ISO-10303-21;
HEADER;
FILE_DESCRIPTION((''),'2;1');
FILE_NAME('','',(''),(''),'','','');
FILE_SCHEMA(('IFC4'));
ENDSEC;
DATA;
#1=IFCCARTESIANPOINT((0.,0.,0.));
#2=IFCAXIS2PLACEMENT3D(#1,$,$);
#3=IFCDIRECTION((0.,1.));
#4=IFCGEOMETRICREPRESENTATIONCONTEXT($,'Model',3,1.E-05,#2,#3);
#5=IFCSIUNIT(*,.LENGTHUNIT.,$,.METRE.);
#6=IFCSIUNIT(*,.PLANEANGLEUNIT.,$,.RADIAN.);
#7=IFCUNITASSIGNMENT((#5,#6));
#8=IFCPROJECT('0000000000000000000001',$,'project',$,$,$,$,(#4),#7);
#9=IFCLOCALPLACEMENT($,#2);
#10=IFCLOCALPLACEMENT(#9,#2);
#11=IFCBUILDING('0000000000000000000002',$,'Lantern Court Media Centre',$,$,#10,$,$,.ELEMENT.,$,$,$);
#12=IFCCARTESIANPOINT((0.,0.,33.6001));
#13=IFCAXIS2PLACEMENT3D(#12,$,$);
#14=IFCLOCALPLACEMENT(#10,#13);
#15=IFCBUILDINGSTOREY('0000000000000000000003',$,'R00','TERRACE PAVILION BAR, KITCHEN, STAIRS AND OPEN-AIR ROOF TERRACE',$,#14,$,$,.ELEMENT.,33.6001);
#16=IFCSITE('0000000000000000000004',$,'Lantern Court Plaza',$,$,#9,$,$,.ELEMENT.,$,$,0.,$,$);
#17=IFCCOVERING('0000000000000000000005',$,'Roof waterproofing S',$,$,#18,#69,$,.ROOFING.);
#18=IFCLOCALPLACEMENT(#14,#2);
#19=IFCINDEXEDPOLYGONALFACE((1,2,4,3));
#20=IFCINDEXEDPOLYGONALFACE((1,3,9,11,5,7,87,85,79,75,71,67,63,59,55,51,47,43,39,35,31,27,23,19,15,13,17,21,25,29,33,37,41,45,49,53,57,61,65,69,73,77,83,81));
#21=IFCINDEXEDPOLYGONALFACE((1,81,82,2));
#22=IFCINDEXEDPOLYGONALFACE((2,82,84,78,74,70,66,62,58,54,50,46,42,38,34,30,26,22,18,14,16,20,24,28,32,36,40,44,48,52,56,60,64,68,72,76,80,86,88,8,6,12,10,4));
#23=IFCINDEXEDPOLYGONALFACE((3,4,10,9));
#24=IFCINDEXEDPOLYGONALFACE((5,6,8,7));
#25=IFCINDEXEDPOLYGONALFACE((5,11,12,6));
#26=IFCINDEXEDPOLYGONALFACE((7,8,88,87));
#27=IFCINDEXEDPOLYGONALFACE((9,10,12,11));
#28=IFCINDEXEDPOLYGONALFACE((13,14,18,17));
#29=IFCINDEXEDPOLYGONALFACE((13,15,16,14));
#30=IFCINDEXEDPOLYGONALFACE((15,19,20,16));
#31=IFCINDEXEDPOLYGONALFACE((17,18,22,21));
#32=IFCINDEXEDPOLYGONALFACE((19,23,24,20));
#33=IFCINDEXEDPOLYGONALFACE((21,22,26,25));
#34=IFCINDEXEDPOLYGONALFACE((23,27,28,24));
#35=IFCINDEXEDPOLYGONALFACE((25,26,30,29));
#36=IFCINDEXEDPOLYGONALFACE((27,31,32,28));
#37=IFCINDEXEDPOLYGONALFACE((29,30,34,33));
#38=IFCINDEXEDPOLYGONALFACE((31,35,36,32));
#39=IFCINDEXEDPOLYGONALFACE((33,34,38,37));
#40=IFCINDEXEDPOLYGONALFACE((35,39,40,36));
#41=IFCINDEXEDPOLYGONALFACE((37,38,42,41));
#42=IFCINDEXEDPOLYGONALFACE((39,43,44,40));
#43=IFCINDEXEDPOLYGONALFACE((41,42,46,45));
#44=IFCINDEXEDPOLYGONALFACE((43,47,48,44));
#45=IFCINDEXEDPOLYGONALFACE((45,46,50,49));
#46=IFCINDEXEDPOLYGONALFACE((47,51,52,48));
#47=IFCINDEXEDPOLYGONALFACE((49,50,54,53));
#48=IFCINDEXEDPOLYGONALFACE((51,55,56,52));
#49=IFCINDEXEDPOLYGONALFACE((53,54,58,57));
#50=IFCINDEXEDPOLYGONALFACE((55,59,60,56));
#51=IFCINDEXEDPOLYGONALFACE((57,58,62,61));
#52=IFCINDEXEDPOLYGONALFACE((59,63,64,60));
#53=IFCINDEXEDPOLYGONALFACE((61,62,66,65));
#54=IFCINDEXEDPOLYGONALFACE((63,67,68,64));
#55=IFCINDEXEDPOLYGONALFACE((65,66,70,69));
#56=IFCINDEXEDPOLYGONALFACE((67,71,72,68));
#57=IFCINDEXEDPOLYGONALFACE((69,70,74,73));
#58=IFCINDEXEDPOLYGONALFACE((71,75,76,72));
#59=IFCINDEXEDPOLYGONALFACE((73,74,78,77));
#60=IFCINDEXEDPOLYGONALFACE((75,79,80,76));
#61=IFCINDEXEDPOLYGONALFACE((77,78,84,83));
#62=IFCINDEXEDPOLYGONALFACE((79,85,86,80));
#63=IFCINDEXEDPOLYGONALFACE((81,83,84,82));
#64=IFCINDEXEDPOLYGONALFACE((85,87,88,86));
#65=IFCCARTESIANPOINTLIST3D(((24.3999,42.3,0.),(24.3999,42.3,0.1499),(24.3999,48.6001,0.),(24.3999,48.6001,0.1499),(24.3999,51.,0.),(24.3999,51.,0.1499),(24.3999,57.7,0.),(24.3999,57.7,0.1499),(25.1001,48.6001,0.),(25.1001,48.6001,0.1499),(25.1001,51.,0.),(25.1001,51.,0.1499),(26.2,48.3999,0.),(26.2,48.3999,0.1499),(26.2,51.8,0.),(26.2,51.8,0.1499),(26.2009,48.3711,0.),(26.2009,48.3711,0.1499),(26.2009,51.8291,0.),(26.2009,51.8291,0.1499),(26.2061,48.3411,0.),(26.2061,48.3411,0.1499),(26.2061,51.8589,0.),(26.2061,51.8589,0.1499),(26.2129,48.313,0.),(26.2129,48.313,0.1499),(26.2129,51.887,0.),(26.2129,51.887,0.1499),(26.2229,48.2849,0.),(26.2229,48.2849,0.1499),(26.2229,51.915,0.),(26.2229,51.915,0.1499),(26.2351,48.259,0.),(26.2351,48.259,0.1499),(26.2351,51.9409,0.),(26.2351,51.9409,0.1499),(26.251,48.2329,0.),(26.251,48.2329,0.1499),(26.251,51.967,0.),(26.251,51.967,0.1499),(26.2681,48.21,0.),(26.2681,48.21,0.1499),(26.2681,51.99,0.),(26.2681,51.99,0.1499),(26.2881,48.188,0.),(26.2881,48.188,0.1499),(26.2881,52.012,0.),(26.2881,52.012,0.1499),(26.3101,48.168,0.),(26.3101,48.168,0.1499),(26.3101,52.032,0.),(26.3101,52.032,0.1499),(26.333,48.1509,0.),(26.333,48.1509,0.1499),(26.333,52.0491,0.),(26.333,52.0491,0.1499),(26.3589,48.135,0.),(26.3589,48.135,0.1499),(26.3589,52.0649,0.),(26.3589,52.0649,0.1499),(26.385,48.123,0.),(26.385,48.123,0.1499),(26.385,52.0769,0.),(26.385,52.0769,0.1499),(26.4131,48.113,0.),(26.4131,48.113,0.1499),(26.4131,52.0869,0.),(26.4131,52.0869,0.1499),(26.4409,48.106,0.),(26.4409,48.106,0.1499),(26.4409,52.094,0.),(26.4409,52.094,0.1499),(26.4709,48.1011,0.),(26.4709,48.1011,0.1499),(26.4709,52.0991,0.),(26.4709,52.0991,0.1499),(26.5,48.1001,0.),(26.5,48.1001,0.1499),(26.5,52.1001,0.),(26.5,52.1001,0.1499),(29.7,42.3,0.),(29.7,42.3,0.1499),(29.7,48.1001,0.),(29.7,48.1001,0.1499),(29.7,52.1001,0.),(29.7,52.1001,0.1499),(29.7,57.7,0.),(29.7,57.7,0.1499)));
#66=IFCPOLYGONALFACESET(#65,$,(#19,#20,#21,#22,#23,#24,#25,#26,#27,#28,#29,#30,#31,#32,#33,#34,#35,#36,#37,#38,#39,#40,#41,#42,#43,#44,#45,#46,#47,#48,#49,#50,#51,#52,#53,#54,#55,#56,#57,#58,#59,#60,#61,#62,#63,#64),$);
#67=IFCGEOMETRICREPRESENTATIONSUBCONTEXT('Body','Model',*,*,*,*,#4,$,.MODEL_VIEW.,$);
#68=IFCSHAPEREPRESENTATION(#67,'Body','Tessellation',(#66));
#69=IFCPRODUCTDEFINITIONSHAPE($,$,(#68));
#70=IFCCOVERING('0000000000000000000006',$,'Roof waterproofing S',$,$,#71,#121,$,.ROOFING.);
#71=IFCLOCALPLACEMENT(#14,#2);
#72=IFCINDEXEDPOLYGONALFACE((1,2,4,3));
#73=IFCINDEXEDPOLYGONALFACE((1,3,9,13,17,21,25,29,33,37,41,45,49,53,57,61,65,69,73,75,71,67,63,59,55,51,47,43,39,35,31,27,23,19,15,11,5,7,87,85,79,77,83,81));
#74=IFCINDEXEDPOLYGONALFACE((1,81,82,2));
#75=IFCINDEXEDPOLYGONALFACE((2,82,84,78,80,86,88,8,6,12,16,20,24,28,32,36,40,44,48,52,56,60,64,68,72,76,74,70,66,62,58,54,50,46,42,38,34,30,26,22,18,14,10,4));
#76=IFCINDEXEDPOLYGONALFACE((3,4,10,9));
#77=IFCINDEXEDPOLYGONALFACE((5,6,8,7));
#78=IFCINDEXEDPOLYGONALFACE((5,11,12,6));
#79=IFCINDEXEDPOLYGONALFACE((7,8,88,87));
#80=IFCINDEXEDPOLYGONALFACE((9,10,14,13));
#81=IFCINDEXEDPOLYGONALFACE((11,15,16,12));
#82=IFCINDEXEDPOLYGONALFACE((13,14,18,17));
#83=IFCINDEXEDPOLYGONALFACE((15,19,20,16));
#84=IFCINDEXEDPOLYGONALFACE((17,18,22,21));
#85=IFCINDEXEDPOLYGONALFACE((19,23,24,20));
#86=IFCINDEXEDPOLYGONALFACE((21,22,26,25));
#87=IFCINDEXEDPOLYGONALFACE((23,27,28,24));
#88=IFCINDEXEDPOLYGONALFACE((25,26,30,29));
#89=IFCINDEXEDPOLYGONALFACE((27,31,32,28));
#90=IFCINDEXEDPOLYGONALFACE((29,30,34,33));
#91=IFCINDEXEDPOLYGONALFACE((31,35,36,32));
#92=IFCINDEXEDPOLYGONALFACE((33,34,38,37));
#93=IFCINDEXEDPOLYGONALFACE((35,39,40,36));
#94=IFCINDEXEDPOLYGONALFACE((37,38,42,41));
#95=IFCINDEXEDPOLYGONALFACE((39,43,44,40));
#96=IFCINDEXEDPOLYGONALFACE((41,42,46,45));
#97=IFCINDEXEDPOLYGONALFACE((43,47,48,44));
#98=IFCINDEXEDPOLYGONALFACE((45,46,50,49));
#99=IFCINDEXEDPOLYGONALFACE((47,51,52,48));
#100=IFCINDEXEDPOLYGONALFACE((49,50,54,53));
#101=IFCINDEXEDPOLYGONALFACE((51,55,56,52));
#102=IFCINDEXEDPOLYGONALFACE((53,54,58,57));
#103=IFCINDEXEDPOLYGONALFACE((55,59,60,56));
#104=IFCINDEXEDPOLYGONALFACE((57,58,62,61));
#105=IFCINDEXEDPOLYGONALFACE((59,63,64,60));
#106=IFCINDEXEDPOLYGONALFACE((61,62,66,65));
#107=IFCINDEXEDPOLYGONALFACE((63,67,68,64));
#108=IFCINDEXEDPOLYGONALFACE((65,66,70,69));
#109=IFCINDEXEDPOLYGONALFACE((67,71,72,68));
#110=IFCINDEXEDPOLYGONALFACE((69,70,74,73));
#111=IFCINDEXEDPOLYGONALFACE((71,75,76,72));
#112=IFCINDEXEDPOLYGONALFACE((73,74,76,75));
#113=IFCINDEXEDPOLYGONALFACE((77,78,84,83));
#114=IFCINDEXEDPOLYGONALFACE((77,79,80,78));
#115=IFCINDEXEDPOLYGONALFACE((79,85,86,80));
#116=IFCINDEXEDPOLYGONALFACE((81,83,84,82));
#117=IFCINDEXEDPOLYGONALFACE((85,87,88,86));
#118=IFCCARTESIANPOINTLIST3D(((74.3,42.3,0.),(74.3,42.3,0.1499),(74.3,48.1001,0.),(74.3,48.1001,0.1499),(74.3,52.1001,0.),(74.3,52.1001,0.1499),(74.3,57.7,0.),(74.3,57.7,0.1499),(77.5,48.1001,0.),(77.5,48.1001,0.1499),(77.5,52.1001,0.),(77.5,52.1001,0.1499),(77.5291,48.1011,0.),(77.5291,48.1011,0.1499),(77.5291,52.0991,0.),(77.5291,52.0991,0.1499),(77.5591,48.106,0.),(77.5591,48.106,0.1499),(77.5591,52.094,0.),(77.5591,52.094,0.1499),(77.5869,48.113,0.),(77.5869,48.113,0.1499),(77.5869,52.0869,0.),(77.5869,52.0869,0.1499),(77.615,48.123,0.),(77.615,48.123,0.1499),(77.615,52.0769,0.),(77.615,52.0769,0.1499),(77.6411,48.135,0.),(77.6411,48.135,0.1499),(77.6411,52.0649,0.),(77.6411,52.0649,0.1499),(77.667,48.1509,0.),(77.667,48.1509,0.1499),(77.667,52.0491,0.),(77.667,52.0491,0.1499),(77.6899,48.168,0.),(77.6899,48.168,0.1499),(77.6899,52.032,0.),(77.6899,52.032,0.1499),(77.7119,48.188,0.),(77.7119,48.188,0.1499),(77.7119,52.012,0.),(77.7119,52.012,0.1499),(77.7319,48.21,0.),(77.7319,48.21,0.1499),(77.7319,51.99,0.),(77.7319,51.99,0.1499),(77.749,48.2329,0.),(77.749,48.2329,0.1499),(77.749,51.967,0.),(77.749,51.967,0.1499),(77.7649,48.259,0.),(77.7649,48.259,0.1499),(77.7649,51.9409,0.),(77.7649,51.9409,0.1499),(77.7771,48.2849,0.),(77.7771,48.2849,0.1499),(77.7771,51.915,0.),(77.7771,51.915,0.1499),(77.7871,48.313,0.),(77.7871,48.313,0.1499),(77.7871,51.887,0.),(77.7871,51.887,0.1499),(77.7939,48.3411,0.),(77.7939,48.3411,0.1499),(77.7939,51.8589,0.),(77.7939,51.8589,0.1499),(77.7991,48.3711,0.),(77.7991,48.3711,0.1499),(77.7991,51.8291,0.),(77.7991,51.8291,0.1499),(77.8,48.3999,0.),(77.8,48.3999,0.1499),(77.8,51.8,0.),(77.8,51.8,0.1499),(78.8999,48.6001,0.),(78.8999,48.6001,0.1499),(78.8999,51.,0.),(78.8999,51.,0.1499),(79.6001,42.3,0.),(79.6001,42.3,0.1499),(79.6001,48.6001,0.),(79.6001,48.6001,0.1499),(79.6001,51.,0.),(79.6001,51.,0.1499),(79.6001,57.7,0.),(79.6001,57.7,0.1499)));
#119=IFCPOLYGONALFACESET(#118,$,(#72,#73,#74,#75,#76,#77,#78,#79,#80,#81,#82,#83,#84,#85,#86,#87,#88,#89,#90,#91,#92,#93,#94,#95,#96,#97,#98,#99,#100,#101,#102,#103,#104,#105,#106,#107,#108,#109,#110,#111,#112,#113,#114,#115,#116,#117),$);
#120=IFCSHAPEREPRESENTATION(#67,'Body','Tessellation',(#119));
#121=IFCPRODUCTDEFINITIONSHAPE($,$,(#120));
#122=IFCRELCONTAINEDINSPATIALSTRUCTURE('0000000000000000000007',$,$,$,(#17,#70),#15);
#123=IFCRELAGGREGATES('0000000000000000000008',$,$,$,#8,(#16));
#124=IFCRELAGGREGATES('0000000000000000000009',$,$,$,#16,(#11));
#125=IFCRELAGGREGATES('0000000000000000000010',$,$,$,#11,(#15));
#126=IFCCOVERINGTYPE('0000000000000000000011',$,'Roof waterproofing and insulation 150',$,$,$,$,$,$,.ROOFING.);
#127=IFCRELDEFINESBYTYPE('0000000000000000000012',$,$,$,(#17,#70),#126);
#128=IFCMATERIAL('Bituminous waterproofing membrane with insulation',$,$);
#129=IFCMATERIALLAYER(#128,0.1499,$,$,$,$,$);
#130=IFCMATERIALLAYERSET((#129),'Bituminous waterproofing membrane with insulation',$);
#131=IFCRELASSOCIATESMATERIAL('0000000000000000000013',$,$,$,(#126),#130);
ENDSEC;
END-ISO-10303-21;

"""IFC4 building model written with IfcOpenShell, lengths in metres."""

from ifc_helpers import new_model, si_unit, direction, frame, origin, place, context, subcontext, project, spatial, polyline, outline, extrude, material, layer, layer_set, type_object, element, save


model = new_model("IFC4")

# Units and contexts
model_context = context("Model", 3, precision=1e-05, world=origin(), true_north=direction((0.0, 1.0)))
body_context = subcontext(model_context, "Body", "Model", "MODEL_VIEW")
ifc_project = project(units=[si_unit("LENGTHUNIT", "METRE"), si_unit("PLANEANGLEUNIT", "RADIAN")], contexts=[model_context])

# Site, building, storey
site_placement = place(None, origin())
site = spatial("IfcSite", under=ifc_project, at=site_placement, Name="Lantern Court Plaza", CompositionType="ELEMENT", RefElevation=0.0)
building_placement = place(site_placement, origin())
building = spatial("IfcBuilding", under=site, at=building_placement, Name="Lantern Court Media Centre", CompositionType="ELEMENT")
storey_placement = place(building_placement, frame((0.0, 0.0, 33.6001)))
storey = spatial("IfcBuildingStorey", under=building, at=storey_placement, Name="R00", Description="TERRACE PAVILION BAR, KITCHEN, STAIRS AND OPEN-AIR ROOF TERRACE", CompositionType="ELEMENT", Elevation=33.6001)

# Coverings
ifc_material_1 = material(Name="Bituminous waterproofing membrane with insulation")
ifc_layer_1 = layer(ifc_material_1, 0.1499)
ifc_layer_set_1 = layer_set([ifc_layer_1], Name="Bituminous waterproofing membrane with insulation")
covering_type_1 = type_object("IfcCoveringType", Name="Roof waterproofing and insulation 150", PredefinedType="ROOFING", material=ifc_layer_set_1)
covering_1_placement = place(storey_placement, origin())
element("IfcCovering", 1, at=covering_1_placement, inside=storey, type_object=covering_type_1, Name="Roof waterproofing S", PredefinedType="ROOFING", context=body_context, shape_type="SweptSolid", body=[
    extrude(outline(polyline([(25.1001, 51.0), (24.3999, 51.0), (24.3999, 57.7), (29.7, 57.7), (29.7, 52.1001), (26.5, 52.1001), (26.4709, 52.0991), (26.4409, 52.094), (26.4131, 52.0869), (26.385, 52.0769), (26.3589, 52.0649), (26.333, 52.0491), (26.3101, 52.032), (26.2881, 52.012), (26.2681, 51.99), (26.251, 51.967), (26.2351, 51.9409), (26.2229, 51.915), (26.2129, 51.887), (26.2061, 51.8589), (26.2009, 51.8291), (26.2, 51.8), (26.2, 48.3999), (26.2009, 48.3711), (26.2061, 48.3411), (26.2129, 48.313), (26.2229, 48.2849), (26.2351, 48.259), (26.251, 48.2329), (26.2681, 48.21), (26.2881, 48.188), (26.3101, 48.168), (26.333, 48.1509), (26.3589, 48.135), (26.385, 48.123), (26.4131, 48.113), (26.4409, 48.106), (26.4709, 48.1011), (26.5, 48.1001), (29.7, 48.1001), (29.7, 42.3), (24.3999, 42.3), (24.3999, 48.6001), (25.1001, 48.6001), (25.1001, 51.0)])), origin(), (0.0, 0.0, 1.0), 0.1499),
])
covering_2_placement = place(storey_placement, origin())
element("IfcCovering", 2, at=covering_2_placement, inside=storey, type_object=covering_type_1, Name="Roof waterproofing S", PredefinedType="ROOFING", context=body_context, shape_type="SweptSolid", body=[
    extrude(outline(polyline([(78.8999, 48.6001), (79.6001, 48.6001), (79.6001, 42.3), (74.3, 42.3), (74.3, 48.1001), (77.5, 48.1001), (77.5291, 48.1011), (77.5591, 48.106), (77.5869, 48.113), (77.615, 48.123), (77.6411, 48.135), (77.667, 48.1509), (77.6899, 48.168), (77.7119, 48.188), (77.7319, 48.21), (77.749, 48.2329), (77.7649, 48.259), (77.7771, 48.2849), (77.7871, 48.313), (77.7939, 48.3411), (77.7991, 48.3711), (77.8, 48.3999), (77.8, 51.8), (77.7991, 51.8291), (77.7939, 51.8589), (77.7871, 51.887), (77.7771, 51.915), (77.7649, 51.9409), (77.749, 51.967), (77.7319, 51.99), (77.7119, 52.012), (77.6899, 52.032), (77.667, 52.0491), (77.6411, 52.0649), (77.615, 52.0769), (77.5869, 52.0869), (77.5591, 52.094), (77.5291, 52.0991), (77.5, 52.1001), (74.3, 52.1001), (74.3, 57.7), (79.6001, 57.7), (79.6001, 51.0), (78.8999, 51.0), (78.8999, 48.6001)])), origin(), (0.0, 0.0, 1.0), 0.1499),
])

save(model, "model.ifc")
